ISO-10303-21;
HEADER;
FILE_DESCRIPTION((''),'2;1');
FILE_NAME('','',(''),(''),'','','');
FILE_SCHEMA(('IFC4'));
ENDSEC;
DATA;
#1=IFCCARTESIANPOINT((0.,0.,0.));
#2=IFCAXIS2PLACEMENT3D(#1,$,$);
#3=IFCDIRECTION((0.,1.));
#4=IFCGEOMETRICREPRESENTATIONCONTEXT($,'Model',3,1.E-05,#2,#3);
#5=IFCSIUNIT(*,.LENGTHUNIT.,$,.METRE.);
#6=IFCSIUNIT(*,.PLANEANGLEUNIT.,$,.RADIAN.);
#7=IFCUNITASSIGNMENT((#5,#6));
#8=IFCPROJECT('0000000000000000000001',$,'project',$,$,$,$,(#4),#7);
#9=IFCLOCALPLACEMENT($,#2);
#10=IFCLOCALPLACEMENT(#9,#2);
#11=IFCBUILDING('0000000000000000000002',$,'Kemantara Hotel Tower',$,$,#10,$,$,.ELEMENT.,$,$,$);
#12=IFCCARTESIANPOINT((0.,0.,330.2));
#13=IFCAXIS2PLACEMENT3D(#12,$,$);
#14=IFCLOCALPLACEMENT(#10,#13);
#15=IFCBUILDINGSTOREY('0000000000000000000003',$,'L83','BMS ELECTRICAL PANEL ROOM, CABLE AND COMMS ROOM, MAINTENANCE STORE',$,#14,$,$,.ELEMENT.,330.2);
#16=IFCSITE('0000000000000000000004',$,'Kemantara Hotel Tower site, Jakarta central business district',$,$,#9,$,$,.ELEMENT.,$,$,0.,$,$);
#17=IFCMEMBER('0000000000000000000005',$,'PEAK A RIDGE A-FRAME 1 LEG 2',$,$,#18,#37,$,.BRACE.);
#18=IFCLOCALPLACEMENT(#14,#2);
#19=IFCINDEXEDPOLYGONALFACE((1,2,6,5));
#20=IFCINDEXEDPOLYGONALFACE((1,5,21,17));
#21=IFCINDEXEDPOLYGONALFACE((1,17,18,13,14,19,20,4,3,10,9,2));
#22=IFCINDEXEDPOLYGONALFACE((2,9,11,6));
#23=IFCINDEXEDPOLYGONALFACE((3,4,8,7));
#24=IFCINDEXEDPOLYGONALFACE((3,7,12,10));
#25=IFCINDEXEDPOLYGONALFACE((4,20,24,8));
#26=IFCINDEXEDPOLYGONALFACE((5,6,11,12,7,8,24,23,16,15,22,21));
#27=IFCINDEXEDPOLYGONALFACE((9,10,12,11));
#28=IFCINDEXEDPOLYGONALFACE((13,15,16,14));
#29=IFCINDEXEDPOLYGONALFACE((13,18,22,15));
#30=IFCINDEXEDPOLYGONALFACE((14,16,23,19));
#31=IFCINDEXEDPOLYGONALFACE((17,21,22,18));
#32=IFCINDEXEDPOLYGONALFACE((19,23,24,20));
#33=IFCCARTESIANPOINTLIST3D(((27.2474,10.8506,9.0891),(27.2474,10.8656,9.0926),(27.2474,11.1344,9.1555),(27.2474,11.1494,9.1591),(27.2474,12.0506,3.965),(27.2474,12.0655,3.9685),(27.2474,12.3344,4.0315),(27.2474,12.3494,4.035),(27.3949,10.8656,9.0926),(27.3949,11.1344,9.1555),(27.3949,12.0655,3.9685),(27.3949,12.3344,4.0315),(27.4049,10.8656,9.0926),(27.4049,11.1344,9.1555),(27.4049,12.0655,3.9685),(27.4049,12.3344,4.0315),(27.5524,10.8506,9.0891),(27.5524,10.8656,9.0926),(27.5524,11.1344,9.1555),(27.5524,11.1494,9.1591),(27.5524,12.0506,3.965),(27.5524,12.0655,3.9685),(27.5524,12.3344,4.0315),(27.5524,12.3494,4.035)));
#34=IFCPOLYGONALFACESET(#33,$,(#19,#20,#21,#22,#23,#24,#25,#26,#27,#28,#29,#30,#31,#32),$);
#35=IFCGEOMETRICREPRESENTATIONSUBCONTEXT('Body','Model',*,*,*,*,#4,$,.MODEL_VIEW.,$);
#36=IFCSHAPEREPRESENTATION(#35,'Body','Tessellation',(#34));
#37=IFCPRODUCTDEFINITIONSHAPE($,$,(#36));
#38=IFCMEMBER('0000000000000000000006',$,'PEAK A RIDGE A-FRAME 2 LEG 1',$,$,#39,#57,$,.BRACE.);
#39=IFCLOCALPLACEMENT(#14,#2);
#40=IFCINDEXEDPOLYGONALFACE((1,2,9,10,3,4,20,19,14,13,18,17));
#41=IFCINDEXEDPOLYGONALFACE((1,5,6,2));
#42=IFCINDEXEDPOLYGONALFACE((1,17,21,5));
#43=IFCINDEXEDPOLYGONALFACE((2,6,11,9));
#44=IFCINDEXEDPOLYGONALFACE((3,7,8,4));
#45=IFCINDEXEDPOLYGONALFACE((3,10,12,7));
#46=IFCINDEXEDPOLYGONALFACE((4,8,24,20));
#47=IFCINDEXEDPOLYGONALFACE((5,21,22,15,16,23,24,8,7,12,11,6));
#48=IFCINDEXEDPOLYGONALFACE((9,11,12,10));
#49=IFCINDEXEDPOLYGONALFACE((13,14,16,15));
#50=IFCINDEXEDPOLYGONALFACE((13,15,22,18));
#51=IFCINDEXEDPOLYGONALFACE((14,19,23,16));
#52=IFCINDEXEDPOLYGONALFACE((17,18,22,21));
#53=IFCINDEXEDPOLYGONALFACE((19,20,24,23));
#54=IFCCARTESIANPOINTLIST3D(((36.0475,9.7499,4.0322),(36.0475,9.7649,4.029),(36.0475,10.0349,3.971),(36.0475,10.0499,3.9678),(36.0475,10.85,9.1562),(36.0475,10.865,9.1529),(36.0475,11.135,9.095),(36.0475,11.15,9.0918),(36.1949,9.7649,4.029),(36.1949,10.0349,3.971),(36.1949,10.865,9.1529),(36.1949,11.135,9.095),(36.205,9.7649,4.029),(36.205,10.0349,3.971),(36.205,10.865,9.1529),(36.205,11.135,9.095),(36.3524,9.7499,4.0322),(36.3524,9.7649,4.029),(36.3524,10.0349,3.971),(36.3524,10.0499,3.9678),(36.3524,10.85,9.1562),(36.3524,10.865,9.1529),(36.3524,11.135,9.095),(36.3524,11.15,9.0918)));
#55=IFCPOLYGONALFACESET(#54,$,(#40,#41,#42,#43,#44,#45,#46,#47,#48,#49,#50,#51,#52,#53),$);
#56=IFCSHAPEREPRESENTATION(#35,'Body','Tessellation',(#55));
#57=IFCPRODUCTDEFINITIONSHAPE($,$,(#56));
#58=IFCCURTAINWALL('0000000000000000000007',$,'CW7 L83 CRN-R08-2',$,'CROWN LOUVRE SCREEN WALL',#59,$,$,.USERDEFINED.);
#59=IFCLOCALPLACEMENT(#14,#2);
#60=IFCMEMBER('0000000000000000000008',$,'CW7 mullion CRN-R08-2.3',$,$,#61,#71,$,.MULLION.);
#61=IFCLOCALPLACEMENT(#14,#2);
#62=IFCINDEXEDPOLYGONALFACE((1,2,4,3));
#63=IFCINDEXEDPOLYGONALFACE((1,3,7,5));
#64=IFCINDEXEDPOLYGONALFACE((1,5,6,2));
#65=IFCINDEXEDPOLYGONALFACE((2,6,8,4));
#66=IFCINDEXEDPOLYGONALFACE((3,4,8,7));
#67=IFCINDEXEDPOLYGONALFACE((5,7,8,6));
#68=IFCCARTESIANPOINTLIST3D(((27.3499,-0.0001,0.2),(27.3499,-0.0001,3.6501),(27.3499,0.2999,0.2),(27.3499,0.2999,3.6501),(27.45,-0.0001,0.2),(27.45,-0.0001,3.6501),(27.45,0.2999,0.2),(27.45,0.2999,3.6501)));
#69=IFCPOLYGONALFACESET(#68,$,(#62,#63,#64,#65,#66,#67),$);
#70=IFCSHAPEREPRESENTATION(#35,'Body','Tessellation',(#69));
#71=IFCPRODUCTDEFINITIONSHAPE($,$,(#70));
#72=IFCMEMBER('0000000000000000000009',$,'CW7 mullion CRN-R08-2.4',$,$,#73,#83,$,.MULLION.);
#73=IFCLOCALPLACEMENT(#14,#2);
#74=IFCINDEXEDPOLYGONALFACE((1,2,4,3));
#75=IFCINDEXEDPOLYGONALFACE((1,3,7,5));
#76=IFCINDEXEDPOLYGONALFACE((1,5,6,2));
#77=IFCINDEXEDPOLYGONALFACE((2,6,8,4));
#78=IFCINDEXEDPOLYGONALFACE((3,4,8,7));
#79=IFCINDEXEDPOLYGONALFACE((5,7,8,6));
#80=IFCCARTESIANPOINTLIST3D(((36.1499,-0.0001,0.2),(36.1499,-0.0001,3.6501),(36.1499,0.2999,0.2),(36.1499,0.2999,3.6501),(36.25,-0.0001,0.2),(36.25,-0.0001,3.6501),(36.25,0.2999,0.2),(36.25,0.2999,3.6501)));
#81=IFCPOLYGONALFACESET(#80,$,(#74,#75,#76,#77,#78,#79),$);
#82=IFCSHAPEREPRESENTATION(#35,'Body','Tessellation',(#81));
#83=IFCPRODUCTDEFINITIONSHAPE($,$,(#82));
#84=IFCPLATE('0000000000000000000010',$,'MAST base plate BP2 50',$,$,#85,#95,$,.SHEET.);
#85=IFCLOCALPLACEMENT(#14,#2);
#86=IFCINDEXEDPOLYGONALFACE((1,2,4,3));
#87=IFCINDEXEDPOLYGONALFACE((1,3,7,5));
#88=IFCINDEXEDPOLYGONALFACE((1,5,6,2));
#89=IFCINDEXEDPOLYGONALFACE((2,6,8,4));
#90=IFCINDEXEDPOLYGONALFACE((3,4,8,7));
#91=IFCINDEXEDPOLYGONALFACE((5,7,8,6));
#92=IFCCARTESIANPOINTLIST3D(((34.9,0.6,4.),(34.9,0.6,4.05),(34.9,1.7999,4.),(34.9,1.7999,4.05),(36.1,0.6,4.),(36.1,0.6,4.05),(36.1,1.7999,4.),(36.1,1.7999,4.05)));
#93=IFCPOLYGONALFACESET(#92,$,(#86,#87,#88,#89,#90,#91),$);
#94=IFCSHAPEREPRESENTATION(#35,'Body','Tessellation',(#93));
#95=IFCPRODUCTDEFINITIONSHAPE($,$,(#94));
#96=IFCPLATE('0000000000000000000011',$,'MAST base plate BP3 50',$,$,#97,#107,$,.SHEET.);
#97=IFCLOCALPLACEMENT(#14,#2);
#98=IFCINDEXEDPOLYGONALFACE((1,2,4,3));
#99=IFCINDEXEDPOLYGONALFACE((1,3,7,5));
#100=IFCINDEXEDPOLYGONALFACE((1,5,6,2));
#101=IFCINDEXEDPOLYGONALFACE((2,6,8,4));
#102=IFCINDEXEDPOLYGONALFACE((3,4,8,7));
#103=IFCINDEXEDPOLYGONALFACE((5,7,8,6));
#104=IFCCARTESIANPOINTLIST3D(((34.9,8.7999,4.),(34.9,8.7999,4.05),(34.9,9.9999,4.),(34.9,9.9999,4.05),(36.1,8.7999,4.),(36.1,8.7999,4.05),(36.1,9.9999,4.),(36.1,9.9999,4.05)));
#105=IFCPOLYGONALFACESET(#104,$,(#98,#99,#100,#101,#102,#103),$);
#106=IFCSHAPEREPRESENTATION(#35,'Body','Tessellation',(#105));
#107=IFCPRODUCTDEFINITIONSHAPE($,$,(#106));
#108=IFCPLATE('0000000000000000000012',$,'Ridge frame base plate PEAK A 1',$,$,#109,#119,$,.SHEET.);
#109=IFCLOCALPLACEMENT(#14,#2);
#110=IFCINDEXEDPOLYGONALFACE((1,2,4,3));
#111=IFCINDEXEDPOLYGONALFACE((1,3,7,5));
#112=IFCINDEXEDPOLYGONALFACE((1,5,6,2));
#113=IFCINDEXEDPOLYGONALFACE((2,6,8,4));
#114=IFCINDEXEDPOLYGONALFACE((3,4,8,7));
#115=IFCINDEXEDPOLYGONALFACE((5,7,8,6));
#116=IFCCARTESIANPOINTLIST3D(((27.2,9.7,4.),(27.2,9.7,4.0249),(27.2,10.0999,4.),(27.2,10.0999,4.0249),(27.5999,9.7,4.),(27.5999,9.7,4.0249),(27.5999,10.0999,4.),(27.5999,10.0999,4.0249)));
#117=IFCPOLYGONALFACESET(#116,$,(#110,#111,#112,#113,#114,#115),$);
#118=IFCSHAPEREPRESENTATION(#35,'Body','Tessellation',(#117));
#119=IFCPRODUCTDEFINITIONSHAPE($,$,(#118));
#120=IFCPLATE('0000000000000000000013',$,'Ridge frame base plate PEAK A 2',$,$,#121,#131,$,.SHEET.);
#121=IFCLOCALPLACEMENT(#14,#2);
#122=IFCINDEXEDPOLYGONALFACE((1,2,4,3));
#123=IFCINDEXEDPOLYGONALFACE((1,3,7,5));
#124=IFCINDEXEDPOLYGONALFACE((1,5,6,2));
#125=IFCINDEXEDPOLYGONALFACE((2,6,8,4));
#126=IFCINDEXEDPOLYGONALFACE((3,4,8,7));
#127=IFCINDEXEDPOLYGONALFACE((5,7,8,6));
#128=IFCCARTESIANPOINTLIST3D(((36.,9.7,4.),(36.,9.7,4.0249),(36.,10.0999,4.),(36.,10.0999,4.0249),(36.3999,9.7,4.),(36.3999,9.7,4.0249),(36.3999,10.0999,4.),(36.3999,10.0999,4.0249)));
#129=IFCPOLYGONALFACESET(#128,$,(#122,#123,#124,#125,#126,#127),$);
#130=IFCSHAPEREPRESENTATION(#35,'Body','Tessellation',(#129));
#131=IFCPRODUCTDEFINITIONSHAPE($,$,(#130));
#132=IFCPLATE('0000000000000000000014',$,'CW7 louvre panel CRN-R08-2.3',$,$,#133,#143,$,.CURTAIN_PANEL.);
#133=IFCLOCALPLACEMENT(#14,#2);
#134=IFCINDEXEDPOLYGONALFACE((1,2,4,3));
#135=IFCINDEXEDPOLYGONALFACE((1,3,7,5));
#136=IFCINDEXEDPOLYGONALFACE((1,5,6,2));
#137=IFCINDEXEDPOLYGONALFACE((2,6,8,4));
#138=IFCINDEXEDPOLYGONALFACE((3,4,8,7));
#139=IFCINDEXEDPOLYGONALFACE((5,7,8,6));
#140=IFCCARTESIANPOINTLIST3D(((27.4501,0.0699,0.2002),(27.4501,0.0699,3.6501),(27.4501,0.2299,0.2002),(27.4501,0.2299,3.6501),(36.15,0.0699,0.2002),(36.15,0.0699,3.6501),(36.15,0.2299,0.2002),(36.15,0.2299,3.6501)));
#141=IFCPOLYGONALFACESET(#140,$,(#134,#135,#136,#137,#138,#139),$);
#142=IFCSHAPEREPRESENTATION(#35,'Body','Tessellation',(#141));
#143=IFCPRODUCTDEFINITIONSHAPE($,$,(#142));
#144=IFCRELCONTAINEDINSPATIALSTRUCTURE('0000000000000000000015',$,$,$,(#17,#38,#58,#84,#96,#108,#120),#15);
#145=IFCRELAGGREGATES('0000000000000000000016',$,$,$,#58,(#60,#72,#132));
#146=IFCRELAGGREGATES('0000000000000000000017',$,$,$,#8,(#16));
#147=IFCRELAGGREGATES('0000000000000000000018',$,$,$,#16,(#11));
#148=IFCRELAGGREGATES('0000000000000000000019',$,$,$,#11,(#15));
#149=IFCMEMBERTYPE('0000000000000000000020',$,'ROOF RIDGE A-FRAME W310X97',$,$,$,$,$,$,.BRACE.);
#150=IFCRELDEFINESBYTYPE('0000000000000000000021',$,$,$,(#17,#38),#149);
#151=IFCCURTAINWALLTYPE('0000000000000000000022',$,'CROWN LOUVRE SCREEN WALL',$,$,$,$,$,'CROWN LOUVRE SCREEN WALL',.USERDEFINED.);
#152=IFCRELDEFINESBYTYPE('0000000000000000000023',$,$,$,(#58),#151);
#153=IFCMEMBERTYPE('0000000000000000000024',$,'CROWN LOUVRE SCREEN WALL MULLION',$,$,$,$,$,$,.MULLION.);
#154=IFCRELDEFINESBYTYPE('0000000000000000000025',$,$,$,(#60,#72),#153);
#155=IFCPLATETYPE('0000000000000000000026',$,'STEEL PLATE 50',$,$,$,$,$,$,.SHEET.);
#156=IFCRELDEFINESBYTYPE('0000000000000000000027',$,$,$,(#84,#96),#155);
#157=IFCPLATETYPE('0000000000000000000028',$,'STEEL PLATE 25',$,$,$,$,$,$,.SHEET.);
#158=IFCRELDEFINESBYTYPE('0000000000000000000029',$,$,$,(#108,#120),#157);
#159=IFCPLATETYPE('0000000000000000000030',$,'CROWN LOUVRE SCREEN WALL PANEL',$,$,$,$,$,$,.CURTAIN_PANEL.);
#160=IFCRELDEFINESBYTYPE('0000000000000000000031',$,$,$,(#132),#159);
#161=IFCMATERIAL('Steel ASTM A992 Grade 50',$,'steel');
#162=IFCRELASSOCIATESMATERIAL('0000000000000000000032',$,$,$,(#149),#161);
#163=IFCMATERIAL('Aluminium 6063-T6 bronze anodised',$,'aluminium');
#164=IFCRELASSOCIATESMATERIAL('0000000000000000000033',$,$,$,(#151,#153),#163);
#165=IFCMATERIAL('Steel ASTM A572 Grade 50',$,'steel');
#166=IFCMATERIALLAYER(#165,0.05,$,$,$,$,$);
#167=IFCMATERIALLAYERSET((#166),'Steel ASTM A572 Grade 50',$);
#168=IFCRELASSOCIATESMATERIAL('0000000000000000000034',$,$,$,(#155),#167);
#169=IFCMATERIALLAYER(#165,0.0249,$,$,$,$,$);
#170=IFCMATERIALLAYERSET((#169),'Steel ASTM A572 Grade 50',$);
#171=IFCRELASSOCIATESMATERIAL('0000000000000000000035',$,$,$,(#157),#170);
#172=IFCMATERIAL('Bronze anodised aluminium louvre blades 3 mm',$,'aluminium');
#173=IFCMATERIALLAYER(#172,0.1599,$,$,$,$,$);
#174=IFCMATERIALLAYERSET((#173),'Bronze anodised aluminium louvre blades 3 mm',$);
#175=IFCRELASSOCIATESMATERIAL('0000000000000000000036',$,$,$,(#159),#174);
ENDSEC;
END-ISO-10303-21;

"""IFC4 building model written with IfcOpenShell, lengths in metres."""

from ifc_helpers import new_model, si_unit, direction, frame, origin, origin_2d, place, context, subcontext, project, spatial, rectangle, i_section, extrude, source, transform, mapped, material, layer, layer_set, material_profile, profile_set, type_object, element, aggregate, save


model = new_model("IFC4")

# Units and contexts
model_context = context("Model", 3, precision=1e-05, world=origin(), true_north=direction((0.0, 1.0)))
body_context = subcontext(model_context, "Body", "Model", "MODEL_VIEW")
ifc_project = project(units=[si_unit("LENGTHUNIT", "METRE"), si_unit("PLANEANGLEUNIT", "RADIAN")], contexts=[model_context])

# Site, building, storey
site_placement = place(None, origin())
site = spatial("IfcSite", under=ifc_project, at=site_placement, Name="Kemantara Hotel Tower site, Jakarta central business district", CompositionType="ELEMENT", RefElevation=0.0)
building_placement = place(site_placement, origin())
building = spatial("IfcBuilding", under=site, at=building_placement, Name="Kemantara Hotel Tower", CompositionType="ELEMENT")
storey_placement = place(building_placement, frame((0.0, 0.0, 330.2)))
storey = spatial("IfcBuildingStorey", under=building, at=storey_placement, Name="L83", Description="BMS ELECTRICAL PANEL ROOM, CABLE AND COMMS ROOM, MAINTENANCE STORE", CompositionType="ELEMENT", Elevation=330.2)

# Members
ifc_material_1 = material(Name="Steel ASTM A992 Grade 50", Category="steel")
ifc_material_profile_1 = material_profile(ifc_material_1, i_section(OverallWidth=0.3049, OverallDepth=0.3069, WebThickness=0.01, FlangeThickness=0.0154, at=origin_2d()), Name="W310X97")
ifc_profile_set_1 = profile_set([ifc_material_profile_1], Name="Steel ASTM A992 Grade 50")
member_type_1 = type_object("IfcMemberType", Name="ROOF RIDGE A-FRAME W310X97", PredefinedType="BRACE", material=ifc_profile_set_1)
member_1_placement = place(storey_placement, frame((27.3999, 12.2, 4.0), z_axis=(0.0, -0.228013, 0.973658), x_axis=(1.0, 0.0, 0.0)))
element("IfcMember", 1, at=member_1_placement, inside=storey, type_object=member_type_1, Name="PEAK A RIDGE A-FRAME 1 LEG 2", PredefinedType="BRACE", context=body_context, shape_type="SweptSolid", body=[
    extrude(i_section(OverallWidth=0.3049, OverallDepth=0.3069, WebThickness=0.01, FlangeThickness=0.0154, at=origin_2d()), origin(), (0.0, 0.0, 1.0), 5.2627),
])
member_2_placement = place(storey_placement, frame((36.2, 9.8999, 4.0), z_axis=(0.0, 0.209911, 0.977721), x_axis=(-1.0, 0.0, 0.0)))
element("IfcMember", 2, at=member_2_placement, inside=storey, type_object=member_type_1, Name="PEAK A RIDGE A-FRAME 2 LEG 1", PredefinedType="BRACE", context=body_context, shape_type="SweptSolid", body=[
    extrude(i_section(OverallWidth=0.3049, OverallDepth=0.3069, WebThickness=0.01, FlangeThickness=0.0154, at=origin_2d()), origin(), (0.0, 0.0, 1.0), 5.2407),
])

# Curtain wall, members
ifc_material_2 = material(Name="Aluminium 6063-T6 bronze anodised", Category="aluminium")
curtain_wall_type = type_object("IfcCurtainWallType", Name="CROWN LOUVRE SCREEN WALL", ElementType="CROWN LOUVRE SCREEN WALL", PredefinedType="USERDEFINED", material=ifc_material_2)
curtain_wall_placement = place(storey_placement, origin())
curtain_wall = element("IfcCurtainWall", 3, at=curtain_wall_placement, inside=storey, type_object=curtain_wall_type, Name="CW7 L83 CRN-R08-2", ObjectType="CROWN LOUVRE SCREEN WALL", PredefinedType="USERDEFINED")
ifc_material_profile_2 = material_profile(ifc_material_2, rectangle(XDim=0.3, YDim=0.1001, at=origin_2d()), Name="CROWN LOUVRE SCREEN WALL MULLION")
ifc_profile_set_2 = profile_set([ifc_material_profile_2], Name="Aluminium 6063-T6 bronze anodised")
member_type_2 = type_object("IfcMemberType", Name="CROWN LOUVRE SCREEN WALL MULLION", PredefinedType="MULLION", material=ifc_profile_set_2)
shared_shape_1 = source(origin(), body_context, "Body", "SweptSolid", [
    extrude(rectangle(XDim=0.3, YDim=0.1001, at=origin_2d()), origin(), (0.0, 0.0, 1.0), 3.4502),
])
member_3_placement = place(storey_placement, frame((27.3999, 0.1499, 0.2), z_axis=(0.0, 0.0, 1.0), x_axis=(0.0, 1.0, 0.0)))
member_3 = element("IfcMember", 4, at=member_3_placement, type_object=member_type_2, Name="CW7 mullion CRN-R08-2.3", PredefinedType="MULLION", context=body_context, shape_type="MappedRepresentation", body=[
    mapped(shared_shape_1, transform((0.0, 0.0, 0.0))),
])
member_4_placement = place(storey_placement, frame((36.2, 0.1499, 0.2), z_axis=(0.0, 0.0, 1.0), x_axis=(0.0, 1.0, 0.0)))
member_4 = element("IfcMember", 5, at=member_4_placement, type_object=member_type_2, Name="CW7 mullion CRN-R08-2.4", PredefinedType="MULLION", context=body_context, shape_type="MappedRepresentation", body=[
    mapped(shared_shape_1, transform((0.0, 0.0, 0.0))),
])

# Plates
ifc_material_3 = material(Name="Steel ASTM A572 Grade 50", Category="steel")
ifc_layer_1 = layer(ifc_material_3, 0.05)
ifc_layer_set_1 = layer_set([ifc_layer_1], Name="Steel ASTM A572 Grade 50")
plate_type_1 = type_object("IfcPlateType", Name="STEEL PLATE 50", PredefinedType="SHEET", material=ifc_layer_set_1)
shared_shape_2 = source(origin(), body_context, "Body", "SweptSolid", [
    extrude(rectangle(XDim=1.2, YDim=1.2, at=origin_2d()), origin(), (0.0, 0.0, 1.0), 0.05),
])
for number, where, z_axis, x_axis, name in (
    (6, (35.5, 1.2, 4.0), (0.0, 0.0, 1.0), (1.0, 0.0, 0.0), "MAST base plate BP2 50"),
    (7, (35.5, 9.3999, 4.0), (0.0, 0.0, 1.0), (1.0, 0.0, 0.0), "MAST base plate BP3 50"),
):
    element("IfcPlate", number, at=place(storey_placement, frame(where, z_axis=z_axis, x_axis=x_axis)), inside=storey, type_object=plate_type_1, Name=name, PredefinedType="SHEET", context=body_context, shape_type="MappedRepresentation", body=[
        mapped(shared_shape_2, transform((0.0, 0.0, 0.0))),
    ])
ifc_layer_2 = layer(ifc_material_3, 0.0249)
ifc_layer_set_2 = layer_set([ifc_layer_2], Name="Steel ASTM A572 Grade 50")
plate_type_2 = type_object("IfcPlateType", Name="STEEL PLATE 25", PredefinedType="SHEET", material=ifc_layer_set_2)
shared_shape_3 = source(origin(), body_context, "Body", "SweptSolid", [
    extrude(rectangle(XDim=0.3999, YDim=0.3999, at=origin_2d()), origin(), (0.0, 0.0, 1.0), 0.0249),
])
for number, where, z_axis, x_axis, name in (
    (8, (27.3999, 9.8999, 4.0), (0.0, 0.0, 1.0), (1.0, 0.0, 0.0), "Ridge frame base plate PEAK A 1"),
    (9, (36.2, 9.8999, 4.0), (0.0, 0.0, 1.0), (1.0, 0.0, 0.0), "Ridge frame base plate PEAK A 2"),
):
    element("IfcPlate", number, at=place(storey_placement, frame(where, z_axis=z_axis, x_axis=x_axis)), inside=storey, type_object=plate_type_2, Name=name, PredefinedType="SHEET", context=body_context, shape_type="MappedRepresentation", body=[
        mapped(shared_shape_3, transform((0.0, 0.0, 0.0))),
    ])

# Plate
ifc_material_4 = material(Name="Bronze anodised aluminium louvre blades 3 mm", Category="aluminium")
ifc_layer_3 = layer(ifc_material_4, 0.1599)
ifc_layer_set_3 = layer_set([ifc_layer_3], Name="Bronze anodised aluminium louvre blades 3 mm")
plate_type_3 = type_object("IfcPlateType", Name="CROWN LOUVRE SCREEN WALL PANEL", PredefinedType="CURTAIN_PANEL", material=ifc_layer_set_3)
shared_shape_4 = source(origin(), body_context, "Body", "SweptSolid", [
    extrude(rectangle(XDim=8.7, YDim=0.1599, at=origin_2d()), origin(), (0.0, 0.0, 1.0), 3.45),
])
plate_placement = place(storey_placement, frame((31.8, 0.1499, 0.2002), z_axis=(0.0, 0.0, 1.0), x_axis=(1.0, 0.0, 0.0)))
plate = element("IfcPlate", 10, at=plate_placement, type_object=plate_type_3, Name="CW7 louvre panel CRN-R08-2.3", PredefinedType="CURTAIN_PANEL", context=body_context, shape_type="MappedRepresentation", body=[
    mapped(shared_shape_4, transform((0.0, 0.0, 0.0))),
])
aggregate(curtain_wall, [member_3, member_4, plate])

save(model, "model.ifc")
